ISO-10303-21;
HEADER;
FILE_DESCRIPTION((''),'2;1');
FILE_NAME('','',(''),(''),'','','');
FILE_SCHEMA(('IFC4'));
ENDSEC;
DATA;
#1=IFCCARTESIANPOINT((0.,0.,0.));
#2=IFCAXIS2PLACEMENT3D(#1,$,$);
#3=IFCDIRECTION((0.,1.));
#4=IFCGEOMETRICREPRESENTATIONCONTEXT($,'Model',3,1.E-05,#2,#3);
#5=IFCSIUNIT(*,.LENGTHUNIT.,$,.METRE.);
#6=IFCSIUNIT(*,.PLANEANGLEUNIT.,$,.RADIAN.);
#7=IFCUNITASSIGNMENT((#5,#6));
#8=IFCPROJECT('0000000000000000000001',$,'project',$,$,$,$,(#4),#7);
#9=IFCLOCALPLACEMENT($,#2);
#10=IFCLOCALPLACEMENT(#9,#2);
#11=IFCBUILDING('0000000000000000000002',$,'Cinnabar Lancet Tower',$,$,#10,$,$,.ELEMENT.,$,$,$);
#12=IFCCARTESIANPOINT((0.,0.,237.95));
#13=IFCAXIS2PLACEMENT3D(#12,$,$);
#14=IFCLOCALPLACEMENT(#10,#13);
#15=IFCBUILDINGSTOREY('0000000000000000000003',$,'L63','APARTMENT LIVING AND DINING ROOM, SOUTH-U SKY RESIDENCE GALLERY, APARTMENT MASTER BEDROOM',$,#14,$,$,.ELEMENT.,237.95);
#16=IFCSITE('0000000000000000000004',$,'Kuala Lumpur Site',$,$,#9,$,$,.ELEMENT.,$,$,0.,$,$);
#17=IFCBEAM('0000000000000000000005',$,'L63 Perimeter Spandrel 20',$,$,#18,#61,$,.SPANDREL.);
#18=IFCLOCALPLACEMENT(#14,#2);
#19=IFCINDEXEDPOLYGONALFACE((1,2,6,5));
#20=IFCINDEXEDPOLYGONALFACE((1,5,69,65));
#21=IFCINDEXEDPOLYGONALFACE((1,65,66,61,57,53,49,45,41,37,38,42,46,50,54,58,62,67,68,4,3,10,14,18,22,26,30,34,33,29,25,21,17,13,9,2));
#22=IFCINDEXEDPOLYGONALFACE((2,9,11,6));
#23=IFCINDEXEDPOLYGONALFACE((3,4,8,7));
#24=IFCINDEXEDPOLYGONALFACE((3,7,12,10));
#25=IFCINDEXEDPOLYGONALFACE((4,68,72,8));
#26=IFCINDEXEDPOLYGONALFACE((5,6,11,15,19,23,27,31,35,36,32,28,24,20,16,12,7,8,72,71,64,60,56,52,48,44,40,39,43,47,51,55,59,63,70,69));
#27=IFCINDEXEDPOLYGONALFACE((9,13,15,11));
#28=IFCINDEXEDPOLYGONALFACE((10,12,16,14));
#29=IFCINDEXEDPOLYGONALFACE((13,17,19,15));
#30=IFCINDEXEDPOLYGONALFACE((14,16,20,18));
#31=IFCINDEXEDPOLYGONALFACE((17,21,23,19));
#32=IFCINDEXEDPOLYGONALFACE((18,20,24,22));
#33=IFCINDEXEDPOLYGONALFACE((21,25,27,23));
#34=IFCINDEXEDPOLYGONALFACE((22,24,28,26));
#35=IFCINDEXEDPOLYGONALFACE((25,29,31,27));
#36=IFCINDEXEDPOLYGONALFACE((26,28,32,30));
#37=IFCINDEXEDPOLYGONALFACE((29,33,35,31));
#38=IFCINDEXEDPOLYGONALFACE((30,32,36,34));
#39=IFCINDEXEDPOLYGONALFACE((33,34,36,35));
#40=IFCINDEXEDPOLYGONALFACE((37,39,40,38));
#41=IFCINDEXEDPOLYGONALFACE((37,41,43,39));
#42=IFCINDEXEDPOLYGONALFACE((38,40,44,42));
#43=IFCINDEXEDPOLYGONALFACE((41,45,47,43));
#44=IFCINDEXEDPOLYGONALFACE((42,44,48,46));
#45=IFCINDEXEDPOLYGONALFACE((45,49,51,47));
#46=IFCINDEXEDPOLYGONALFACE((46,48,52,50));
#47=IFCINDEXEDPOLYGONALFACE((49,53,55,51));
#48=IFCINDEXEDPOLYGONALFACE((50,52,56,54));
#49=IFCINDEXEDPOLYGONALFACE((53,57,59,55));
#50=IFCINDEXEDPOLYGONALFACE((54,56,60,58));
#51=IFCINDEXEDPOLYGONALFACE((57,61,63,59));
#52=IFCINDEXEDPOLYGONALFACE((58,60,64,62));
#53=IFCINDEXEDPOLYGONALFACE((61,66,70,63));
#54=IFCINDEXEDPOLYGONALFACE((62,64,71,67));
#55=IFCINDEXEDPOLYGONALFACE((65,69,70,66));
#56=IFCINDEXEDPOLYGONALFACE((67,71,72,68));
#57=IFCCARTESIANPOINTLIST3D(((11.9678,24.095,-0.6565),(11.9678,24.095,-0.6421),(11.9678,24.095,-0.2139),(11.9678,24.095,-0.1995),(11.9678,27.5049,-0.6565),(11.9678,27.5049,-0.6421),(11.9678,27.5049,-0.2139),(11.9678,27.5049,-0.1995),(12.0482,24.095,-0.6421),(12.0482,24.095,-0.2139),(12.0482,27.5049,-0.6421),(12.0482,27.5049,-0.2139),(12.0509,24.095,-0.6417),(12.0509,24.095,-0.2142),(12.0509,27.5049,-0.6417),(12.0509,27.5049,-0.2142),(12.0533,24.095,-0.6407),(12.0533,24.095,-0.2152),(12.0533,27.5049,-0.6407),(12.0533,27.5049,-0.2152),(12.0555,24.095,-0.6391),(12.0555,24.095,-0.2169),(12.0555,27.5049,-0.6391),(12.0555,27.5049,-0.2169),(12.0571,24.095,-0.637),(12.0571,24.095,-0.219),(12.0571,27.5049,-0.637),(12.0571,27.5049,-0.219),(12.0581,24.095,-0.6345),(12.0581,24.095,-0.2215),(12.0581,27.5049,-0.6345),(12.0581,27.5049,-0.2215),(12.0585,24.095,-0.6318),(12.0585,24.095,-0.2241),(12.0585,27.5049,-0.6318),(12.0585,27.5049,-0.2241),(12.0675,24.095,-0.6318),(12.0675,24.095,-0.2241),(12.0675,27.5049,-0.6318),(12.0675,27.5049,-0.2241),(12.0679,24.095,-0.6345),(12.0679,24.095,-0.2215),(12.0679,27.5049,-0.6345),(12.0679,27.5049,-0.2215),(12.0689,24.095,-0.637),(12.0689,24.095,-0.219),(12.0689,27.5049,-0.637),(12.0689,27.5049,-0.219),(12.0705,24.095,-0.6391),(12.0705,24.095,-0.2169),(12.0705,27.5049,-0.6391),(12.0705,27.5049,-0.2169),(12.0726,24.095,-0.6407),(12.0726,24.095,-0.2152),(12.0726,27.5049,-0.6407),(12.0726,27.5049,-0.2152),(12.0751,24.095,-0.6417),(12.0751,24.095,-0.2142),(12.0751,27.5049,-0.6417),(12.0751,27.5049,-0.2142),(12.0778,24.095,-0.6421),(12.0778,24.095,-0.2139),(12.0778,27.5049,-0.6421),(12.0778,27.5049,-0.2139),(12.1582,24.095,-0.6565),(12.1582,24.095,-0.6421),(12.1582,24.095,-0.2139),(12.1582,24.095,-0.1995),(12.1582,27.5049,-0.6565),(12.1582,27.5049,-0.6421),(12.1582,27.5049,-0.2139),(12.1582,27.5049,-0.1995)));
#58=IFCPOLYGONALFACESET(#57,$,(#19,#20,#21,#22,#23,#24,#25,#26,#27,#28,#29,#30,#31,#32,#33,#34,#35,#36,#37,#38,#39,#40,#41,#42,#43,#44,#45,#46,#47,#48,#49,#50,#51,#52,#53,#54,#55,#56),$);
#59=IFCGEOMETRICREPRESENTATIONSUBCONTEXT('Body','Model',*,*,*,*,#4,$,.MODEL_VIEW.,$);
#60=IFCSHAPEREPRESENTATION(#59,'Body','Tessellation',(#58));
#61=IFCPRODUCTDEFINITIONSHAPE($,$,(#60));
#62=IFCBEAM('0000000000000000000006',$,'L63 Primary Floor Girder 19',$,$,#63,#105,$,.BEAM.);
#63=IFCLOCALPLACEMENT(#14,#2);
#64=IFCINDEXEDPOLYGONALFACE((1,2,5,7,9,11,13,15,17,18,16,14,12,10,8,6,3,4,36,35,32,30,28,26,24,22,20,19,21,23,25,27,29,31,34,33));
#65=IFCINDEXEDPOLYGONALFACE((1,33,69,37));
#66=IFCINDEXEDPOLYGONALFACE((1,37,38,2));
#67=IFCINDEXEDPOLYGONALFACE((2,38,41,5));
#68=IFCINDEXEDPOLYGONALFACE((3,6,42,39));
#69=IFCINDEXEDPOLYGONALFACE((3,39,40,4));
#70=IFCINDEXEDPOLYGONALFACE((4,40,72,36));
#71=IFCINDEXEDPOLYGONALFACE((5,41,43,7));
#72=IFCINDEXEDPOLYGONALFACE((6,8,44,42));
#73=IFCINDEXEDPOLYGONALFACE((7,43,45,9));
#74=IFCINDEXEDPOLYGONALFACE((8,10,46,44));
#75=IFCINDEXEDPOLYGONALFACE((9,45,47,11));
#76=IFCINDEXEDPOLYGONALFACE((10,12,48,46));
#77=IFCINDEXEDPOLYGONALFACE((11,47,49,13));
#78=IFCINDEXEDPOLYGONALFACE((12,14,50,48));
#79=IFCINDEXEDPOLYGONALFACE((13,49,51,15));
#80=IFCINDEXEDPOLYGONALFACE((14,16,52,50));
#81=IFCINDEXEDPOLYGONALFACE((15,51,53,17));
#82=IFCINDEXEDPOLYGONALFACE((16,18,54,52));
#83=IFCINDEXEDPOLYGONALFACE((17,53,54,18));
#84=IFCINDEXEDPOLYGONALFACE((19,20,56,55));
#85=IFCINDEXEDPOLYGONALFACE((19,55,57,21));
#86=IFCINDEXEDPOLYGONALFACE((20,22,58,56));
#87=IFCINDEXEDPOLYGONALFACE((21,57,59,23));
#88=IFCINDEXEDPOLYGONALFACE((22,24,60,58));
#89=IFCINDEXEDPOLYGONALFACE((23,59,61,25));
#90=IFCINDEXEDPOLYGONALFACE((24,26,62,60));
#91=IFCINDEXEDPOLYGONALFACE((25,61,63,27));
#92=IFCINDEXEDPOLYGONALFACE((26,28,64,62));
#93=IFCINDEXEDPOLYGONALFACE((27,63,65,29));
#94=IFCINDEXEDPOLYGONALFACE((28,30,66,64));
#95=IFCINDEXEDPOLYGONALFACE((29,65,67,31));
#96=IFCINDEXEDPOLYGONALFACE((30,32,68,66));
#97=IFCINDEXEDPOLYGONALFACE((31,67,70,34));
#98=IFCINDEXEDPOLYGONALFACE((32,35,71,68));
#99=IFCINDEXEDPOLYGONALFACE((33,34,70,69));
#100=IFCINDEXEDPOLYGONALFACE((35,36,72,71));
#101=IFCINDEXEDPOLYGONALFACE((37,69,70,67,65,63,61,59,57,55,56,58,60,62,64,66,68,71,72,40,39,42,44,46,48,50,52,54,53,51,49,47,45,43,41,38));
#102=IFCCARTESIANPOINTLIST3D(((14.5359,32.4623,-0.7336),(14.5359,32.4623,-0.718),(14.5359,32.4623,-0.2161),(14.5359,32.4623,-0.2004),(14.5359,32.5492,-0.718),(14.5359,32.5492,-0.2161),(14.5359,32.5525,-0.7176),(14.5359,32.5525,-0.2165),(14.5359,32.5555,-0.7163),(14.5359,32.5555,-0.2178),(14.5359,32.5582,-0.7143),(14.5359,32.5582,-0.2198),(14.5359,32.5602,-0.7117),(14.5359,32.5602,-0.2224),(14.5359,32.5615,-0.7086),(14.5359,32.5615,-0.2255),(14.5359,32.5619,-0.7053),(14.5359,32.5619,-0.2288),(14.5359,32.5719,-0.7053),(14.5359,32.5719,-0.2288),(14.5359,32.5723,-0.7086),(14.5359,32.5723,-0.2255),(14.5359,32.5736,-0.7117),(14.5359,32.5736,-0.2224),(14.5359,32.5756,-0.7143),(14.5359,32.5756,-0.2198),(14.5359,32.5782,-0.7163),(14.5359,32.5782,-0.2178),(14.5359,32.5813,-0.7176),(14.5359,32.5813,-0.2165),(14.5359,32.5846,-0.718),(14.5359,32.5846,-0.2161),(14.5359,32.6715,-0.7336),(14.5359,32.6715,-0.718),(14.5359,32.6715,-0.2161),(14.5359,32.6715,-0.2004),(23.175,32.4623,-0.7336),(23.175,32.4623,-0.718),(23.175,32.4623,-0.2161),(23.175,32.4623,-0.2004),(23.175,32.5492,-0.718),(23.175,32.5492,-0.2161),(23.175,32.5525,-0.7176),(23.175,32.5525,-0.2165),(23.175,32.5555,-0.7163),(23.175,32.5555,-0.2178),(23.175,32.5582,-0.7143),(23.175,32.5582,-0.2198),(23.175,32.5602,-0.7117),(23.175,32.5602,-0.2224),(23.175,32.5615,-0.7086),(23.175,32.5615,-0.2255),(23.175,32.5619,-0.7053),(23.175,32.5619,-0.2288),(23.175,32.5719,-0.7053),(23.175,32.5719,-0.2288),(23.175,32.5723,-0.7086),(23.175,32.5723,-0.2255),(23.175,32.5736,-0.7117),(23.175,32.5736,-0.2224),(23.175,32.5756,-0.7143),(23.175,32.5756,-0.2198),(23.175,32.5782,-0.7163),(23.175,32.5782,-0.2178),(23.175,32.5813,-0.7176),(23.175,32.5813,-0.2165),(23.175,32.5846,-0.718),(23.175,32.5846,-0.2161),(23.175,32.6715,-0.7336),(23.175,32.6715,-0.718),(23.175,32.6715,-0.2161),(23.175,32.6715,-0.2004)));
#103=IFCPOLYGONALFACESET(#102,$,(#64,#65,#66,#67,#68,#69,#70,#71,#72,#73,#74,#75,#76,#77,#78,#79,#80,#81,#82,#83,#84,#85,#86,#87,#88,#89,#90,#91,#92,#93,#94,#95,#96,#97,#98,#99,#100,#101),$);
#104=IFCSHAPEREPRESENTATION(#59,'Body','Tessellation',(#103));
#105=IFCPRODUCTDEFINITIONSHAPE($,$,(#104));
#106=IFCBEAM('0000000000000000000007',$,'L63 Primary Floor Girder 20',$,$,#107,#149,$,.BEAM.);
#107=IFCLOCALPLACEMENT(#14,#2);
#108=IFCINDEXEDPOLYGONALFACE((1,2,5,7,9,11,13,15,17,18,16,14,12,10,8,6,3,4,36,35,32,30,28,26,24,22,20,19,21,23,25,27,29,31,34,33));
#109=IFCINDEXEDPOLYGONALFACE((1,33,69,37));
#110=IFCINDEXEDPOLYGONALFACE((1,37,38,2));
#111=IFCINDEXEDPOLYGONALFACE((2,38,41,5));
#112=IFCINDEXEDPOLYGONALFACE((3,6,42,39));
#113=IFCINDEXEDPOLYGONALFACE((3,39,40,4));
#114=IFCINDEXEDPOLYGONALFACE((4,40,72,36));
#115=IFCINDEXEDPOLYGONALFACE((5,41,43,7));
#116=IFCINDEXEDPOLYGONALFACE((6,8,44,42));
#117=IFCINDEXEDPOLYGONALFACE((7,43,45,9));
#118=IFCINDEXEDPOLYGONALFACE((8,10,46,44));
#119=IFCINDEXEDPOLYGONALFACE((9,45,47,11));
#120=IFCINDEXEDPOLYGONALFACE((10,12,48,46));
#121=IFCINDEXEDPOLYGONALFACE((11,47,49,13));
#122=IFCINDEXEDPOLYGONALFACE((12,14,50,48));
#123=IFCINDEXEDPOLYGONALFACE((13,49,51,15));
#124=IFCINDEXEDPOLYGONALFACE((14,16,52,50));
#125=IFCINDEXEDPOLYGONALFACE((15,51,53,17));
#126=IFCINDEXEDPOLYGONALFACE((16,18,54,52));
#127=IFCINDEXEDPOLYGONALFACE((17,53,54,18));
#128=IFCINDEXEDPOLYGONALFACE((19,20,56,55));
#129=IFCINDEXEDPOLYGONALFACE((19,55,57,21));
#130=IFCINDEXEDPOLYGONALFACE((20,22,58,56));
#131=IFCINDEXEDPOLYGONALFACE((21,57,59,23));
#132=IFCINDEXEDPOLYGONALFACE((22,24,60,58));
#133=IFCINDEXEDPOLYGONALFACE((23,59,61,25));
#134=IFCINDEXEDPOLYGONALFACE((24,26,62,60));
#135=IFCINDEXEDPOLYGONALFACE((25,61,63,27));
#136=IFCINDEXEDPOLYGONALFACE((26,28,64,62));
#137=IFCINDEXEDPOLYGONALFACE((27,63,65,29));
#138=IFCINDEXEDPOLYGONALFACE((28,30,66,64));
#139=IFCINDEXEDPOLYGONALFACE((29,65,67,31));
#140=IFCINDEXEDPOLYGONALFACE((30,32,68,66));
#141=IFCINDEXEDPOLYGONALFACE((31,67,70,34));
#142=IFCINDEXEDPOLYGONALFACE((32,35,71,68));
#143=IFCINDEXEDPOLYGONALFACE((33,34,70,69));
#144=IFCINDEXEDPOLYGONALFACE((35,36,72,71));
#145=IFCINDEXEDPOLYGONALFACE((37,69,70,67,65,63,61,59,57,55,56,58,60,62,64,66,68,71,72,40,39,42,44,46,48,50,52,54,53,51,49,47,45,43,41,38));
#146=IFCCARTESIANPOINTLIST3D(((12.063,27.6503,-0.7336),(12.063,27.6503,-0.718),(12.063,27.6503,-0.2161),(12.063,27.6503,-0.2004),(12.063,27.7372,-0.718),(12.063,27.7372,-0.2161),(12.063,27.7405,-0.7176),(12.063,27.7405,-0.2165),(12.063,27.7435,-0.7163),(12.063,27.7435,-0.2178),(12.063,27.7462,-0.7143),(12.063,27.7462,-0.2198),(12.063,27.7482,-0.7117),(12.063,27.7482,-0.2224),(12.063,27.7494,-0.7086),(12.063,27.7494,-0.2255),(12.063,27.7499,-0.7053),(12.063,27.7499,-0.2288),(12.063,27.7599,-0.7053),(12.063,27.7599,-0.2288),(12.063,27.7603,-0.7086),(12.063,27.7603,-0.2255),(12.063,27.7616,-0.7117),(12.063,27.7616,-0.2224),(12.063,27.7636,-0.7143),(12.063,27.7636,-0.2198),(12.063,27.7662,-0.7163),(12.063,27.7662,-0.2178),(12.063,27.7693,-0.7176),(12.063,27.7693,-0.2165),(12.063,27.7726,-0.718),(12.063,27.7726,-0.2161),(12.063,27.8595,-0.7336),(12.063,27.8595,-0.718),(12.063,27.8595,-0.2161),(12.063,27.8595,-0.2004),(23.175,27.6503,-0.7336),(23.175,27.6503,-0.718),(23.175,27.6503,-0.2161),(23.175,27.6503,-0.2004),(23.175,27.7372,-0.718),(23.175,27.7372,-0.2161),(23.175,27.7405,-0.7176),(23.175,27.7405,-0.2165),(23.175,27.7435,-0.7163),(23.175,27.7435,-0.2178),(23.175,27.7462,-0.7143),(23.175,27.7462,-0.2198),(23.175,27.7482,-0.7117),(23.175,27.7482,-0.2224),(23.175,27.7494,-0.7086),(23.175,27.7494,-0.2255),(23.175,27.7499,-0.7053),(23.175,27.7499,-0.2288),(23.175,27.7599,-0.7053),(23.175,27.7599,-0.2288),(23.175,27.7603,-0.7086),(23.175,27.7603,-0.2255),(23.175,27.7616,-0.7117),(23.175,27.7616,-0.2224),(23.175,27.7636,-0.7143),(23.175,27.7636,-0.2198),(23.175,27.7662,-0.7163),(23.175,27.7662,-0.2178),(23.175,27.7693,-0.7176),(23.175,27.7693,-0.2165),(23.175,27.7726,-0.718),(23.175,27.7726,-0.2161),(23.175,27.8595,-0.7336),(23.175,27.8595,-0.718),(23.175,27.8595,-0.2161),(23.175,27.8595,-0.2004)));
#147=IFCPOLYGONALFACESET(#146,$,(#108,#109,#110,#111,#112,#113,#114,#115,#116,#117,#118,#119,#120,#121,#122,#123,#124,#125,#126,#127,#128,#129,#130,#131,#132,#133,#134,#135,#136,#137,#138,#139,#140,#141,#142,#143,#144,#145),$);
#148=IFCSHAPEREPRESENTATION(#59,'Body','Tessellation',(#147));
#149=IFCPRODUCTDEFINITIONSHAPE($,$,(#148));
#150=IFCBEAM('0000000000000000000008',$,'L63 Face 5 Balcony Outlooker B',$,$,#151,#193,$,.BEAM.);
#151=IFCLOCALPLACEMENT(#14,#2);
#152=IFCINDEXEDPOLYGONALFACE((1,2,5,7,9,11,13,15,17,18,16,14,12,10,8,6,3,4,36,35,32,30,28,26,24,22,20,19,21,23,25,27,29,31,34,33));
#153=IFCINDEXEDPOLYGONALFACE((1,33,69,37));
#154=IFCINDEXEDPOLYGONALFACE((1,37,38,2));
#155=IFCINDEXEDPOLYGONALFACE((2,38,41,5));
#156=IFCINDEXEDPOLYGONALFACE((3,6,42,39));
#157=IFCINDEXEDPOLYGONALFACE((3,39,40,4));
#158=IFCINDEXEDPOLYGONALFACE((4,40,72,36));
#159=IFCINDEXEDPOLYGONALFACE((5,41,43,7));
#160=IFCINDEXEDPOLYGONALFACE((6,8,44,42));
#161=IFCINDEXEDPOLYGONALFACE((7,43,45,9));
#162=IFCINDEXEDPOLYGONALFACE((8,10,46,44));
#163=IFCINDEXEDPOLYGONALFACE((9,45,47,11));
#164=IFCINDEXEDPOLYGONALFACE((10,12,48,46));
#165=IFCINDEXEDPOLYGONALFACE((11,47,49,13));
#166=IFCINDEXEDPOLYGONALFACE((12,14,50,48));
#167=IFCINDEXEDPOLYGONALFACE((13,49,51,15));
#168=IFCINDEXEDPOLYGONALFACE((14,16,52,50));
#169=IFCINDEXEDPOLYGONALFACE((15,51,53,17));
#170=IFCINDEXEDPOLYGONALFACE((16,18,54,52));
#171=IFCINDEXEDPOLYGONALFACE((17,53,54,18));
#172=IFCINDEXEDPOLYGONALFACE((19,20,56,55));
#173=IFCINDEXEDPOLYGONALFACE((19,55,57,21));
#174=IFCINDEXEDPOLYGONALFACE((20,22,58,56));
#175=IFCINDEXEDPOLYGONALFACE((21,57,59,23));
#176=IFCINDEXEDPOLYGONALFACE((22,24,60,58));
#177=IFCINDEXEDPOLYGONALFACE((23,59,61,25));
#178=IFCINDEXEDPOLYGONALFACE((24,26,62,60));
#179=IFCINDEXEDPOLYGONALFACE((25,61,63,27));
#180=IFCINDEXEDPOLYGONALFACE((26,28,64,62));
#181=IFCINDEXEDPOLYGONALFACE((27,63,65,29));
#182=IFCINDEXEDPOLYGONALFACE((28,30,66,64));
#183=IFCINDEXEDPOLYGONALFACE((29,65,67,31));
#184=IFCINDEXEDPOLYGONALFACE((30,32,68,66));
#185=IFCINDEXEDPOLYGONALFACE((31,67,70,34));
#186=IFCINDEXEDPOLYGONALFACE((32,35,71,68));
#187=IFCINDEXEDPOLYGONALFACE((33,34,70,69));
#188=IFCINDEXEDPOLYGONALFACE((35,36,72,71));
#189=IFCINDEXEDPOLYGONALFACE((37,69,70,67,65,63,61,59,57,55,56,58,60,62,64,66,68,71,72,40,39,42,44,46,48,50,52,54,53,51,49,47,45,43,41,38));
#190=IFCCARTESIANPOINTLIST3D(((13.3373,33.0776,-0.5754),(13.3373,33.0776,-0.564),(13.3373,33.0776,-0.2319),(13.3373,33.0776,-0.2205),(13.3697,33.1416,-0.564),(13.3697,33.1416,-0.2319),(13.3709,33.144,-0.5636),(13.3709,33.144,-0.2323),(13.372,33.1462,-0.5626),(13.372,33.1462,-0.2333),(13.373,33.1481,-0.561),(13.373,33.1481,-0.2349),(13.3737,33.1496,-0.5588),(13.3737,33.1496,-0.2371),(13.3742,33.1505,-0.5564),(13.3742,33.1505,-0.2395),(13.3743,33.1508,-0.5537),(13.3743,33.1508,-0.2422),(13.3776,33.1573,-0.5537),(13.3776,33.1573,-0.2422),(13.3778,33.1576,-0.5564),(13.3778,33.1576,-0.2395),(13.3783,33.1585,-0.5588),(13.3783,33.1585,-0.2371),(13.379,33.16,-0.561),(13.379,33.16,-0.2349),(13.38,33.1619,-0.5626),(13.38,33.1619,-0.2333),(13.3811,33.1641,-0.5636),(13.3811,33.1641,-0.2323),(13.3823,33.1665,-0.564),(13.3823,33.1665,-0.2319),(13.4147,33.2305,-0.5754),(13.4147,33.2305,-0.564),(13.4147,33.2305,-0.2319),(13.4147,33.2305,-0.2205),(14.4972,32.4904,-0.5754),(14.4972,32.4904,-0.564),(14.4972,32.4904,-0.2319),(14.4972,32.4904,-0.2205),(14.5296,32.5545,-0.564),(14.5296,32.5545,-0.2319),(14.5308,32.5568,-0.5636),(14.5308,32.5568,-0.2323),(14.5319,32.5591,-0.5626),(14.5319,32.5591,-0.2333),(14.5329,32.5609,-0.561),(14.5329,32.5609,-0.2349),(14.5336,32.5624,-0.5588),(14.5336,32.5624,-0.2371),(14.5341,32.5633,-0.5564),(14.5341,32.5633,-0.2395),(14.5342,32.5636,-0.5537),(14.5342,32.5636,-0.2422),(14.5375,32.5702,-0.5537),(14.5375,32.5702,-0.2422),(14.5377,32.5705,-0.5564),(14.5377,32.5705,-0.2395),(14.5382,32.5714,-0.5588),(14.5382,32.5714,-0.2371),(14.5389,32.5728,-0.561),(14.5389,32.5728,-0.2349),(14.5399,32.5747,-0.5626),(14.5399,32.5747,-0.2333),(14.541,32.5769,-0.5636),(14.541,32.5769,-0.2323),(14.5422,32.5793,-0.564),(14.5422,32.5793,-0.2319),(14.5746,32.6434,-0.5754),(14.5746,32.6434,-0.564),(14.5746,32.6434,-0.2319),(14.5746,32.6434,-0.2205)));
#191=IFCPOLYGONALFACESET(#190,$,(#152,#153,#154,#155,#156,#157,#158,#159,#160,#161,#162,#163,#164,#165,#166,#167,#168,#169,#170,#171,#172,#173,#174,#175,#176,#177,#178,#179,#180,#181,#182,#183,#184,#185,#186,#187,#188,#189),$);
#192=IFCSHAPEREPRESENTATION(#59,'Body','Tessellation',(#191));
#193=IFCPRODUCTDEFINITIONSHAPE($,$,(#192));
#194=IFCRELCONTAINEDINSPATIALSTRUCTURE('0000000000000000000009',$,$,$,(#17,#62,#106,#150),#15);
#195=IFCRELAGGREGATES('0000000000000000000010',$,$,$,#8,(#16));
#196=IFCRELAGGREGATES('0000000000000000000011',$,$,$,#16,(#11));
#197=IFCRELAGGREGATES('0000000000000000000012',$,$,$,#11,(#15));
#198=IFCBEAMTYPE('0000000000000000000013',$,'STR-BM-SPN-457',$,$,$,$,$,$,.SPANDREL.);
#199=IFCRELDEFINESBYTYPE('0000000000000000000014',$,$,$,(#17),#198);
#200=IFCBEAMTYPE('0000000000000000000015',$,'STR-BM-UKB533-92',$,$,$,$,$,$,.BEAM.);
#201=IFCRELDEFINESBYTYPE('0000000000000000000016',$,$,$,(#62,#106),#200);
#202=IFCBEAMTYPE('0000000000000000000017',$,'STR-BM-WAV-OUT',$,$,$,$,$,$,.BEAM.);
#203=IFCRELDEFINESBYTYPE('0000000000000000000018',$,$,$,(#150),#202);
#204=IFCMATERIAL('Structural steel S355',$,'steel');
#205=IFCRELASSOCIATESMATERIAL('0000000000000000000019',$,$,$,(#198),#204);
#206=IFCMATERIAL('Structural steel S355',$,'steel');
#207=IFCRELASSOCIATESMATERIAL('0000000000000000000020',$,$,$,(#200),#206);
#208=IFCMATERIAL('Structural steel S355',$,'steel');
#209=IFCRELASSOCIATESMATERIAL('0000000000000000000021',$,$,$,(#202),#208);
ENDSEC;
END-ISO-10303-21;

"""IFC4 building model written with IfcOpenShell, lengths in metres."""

from ifc_helpers import new_model, si_unit, direction, frame, origin, origin_2d, place, context, subcontext, project, spatial, i_section, extrude, material, material_profile, profile_set, type_object, element, save


model = new_model("IFC4")

# Units and contexts
model_context = context("Model", 3, precision=1e-05, world=origin(), true_north=direction((0.0, 1.0)))
body_context = subcontext(model_context, "Body", "Model", "MODEL_VIEW")
ifc_project = project(units=[si_unit("LENGTHUNIT", "METRE"), si_unit("PLANEANGLEUNIT", "RADIAN")], contexts=[model_context])

# Site, building, storey
site_placement = place(None, origin())
site = spatial("IfcSite", under=ifc_project, at=site_placement, Name="Kuala Lumpur Site", CompositionType="ELEMENT", RefElevation=0.0)
building_placement = place(site_placement, origin())
building = spatial("IfcBuilding", under=site, at=building_placement, Name="Cinnabar Lancet Tower", CompositionType="ELEMENT")
storey_placement = place(building_placement, frame((0.0, 0.0, 237.95)))
storey = spatial("IfcBuildingStorey", under=building, at=storey_placement, Name="L63", Description="APARTMENT LIVING AND DINING ROOM, SOUTH-U SKY RESIDENCE GALLERY, APARTMENT MASTER BEDROOM", CompositionType="ELEMENT", Elevation=237.95)

# Beams
ifc_material_1 = material(Name="Structural steel S355", Category="steel")
ifc_material_profile_1 = material_profile(ifc_material_1, i_section(OverallWidth=0.1904, OverallDepth=0.457, WebThickness=0.009, FlangeThickness=0.0144, FilletRadius=0.0103, at=origin_2d()), Name="UKB 457x191x74")
ifc_profile_set_1 = profile_set([ifc_material_profile_1], Name="Structural steel S355")
beam_type_1 = type_object("IfcBeamType", Name="STR-BM-SPN-457", PredefinedType="SPANDREL", material=ifc_profile_set_1)
beam_1_placement = place(storey_placement, frame((12.063, 27.5049, -0.428), z_axis=(0.0, -1.0, 0.0), x_axis=(1.0, 0.0, 0.0)))
element("IfcBeam", 1, at=beam_1_placement, inside=storey, type_object=beam_type_1, Name="L63 Perimeter Spandrel 20", PredefinedType="SPANDREL", context=body_context, shape_type="SweptSolid", body=[
    extrude(i_section(OverallWidth=0.1904, OverallDepth=0.457, WebThickness=0.009, FlangeThickness=0.0144, FilletRadius=0.0103, at=origin_2d()), origin(), (0.0, 0.0, 1.0), 3.4099),
])
ifc_material_2 = material(Name="Structural steel S355", Category="steel")
ifc_material_profile_2 = material_profile(ifc_material_2, i_section(OverallWidth=0.2092, OverallDepth=0.5332, WebThickness=0.01, FlangeThickness=0.0156, FilletRadius=0.0127, at=origin_2d()), Name="UKB 533x210x92")
ifc_profile_set_2 = profile_set([ifc_material_profile_2], Name="Structural steel S355")
beam_type_2 = type_object("IfcBeamType", Name="STR-BM-UKB533-92", PredefinedType="BEAM", material=ifc_profile_set_2)
beam_2_placement = place(storey_placement, frame((14.5359, 32.5669, -0.467), z_axis=(1.0, 0.0, 0.0), x_axis=(0.0, 1.0, 0.0)))
element("IfcBeam", 2, at=beam_2_placement, inside=storey, type_object=beam_type_2, Name="L63 Primary Floor Girder 19", PredefinedType="BEAM", context=body_context, shape_type="SweptSolid", body=[
    extrude(i_section(OverallWidth=0.2092, OverallDepth=0.5332, WebThickness=0.01, FlangeThickness=0.0156, FilletRadius=0.0127, at=origin_2d()), origin(), (0.0, 0.0, 1.0), 8.6392),
])
beam_3_placement = place(storey_placement, frame((12.063, 27.7549, -0.467), z_axis=(1.0, 0.0, 0.0), x_axis=(0.0, 1.0, 0.0)))
element("IfcBeam", 3, at=beam_3_placement, inside=storey, type_object=beam_type_2, Name="L63 Primary Floor Girder 20", PredefinedType="BEAM", context=body_context, shape_type="SweptSolid", body=[
    extrude(i_section(OverallWidth=0.2092, OverallDepth=0.5332, WebThickness=0.01, FlangeThickness=0.0156, FilletRadius=0.0127, at=origin_2d()), origin(), (0.0, 0.0, 1.0), 11.1121),
])
ifc_material_3 = material(Name="Structural steel S355", Category="steel")
ifc_material_profile_3 = material_profile(ifc_material_3, i_section(OverallWidth=0.1714, OverallDepth=0.355, WebThickness=0.0073, FlangeThickness=0.0115, FilletRadius=0.0103, at=origin_2d()), Name="UKB 356x171x51")
ifc_profile_set_3 = profile_set([ifc_material_profile_3], Name="Structural steel S355")
beam_type_3 = type_object("IfcBeamType", Name="STR-BM-WAV-OUT", PredefinedType="BEAM", material=ifc_profile_set_3)
beam_4_placement = place(storey_placement, frame((14.5359, 32.5669, -0.3979), z_axis=(-0.8922, 0.45164, 0.0), x_axis=(-0.45164, -0.8922, 0.0)))
element("IfcBeam", 4, at=beam_4_placement, inside=storey, type_object=beam_type_3, Name="L63 Face 5 Balcony Outlooker B", PredefinedType="BEAM", context=body_context, shape_type="SweptSolid", body=[
    extrude(i_section(OverallWidth=0.1714, OverallDepth=0.355, WebThickness=0.0073, FlangeThickness=0.0115, FilletRadius=0.0103, at=origin_2d()), origin(), (0.0, 0.0, 1.0), 1.3),
])

save(model, "model.ifc")
